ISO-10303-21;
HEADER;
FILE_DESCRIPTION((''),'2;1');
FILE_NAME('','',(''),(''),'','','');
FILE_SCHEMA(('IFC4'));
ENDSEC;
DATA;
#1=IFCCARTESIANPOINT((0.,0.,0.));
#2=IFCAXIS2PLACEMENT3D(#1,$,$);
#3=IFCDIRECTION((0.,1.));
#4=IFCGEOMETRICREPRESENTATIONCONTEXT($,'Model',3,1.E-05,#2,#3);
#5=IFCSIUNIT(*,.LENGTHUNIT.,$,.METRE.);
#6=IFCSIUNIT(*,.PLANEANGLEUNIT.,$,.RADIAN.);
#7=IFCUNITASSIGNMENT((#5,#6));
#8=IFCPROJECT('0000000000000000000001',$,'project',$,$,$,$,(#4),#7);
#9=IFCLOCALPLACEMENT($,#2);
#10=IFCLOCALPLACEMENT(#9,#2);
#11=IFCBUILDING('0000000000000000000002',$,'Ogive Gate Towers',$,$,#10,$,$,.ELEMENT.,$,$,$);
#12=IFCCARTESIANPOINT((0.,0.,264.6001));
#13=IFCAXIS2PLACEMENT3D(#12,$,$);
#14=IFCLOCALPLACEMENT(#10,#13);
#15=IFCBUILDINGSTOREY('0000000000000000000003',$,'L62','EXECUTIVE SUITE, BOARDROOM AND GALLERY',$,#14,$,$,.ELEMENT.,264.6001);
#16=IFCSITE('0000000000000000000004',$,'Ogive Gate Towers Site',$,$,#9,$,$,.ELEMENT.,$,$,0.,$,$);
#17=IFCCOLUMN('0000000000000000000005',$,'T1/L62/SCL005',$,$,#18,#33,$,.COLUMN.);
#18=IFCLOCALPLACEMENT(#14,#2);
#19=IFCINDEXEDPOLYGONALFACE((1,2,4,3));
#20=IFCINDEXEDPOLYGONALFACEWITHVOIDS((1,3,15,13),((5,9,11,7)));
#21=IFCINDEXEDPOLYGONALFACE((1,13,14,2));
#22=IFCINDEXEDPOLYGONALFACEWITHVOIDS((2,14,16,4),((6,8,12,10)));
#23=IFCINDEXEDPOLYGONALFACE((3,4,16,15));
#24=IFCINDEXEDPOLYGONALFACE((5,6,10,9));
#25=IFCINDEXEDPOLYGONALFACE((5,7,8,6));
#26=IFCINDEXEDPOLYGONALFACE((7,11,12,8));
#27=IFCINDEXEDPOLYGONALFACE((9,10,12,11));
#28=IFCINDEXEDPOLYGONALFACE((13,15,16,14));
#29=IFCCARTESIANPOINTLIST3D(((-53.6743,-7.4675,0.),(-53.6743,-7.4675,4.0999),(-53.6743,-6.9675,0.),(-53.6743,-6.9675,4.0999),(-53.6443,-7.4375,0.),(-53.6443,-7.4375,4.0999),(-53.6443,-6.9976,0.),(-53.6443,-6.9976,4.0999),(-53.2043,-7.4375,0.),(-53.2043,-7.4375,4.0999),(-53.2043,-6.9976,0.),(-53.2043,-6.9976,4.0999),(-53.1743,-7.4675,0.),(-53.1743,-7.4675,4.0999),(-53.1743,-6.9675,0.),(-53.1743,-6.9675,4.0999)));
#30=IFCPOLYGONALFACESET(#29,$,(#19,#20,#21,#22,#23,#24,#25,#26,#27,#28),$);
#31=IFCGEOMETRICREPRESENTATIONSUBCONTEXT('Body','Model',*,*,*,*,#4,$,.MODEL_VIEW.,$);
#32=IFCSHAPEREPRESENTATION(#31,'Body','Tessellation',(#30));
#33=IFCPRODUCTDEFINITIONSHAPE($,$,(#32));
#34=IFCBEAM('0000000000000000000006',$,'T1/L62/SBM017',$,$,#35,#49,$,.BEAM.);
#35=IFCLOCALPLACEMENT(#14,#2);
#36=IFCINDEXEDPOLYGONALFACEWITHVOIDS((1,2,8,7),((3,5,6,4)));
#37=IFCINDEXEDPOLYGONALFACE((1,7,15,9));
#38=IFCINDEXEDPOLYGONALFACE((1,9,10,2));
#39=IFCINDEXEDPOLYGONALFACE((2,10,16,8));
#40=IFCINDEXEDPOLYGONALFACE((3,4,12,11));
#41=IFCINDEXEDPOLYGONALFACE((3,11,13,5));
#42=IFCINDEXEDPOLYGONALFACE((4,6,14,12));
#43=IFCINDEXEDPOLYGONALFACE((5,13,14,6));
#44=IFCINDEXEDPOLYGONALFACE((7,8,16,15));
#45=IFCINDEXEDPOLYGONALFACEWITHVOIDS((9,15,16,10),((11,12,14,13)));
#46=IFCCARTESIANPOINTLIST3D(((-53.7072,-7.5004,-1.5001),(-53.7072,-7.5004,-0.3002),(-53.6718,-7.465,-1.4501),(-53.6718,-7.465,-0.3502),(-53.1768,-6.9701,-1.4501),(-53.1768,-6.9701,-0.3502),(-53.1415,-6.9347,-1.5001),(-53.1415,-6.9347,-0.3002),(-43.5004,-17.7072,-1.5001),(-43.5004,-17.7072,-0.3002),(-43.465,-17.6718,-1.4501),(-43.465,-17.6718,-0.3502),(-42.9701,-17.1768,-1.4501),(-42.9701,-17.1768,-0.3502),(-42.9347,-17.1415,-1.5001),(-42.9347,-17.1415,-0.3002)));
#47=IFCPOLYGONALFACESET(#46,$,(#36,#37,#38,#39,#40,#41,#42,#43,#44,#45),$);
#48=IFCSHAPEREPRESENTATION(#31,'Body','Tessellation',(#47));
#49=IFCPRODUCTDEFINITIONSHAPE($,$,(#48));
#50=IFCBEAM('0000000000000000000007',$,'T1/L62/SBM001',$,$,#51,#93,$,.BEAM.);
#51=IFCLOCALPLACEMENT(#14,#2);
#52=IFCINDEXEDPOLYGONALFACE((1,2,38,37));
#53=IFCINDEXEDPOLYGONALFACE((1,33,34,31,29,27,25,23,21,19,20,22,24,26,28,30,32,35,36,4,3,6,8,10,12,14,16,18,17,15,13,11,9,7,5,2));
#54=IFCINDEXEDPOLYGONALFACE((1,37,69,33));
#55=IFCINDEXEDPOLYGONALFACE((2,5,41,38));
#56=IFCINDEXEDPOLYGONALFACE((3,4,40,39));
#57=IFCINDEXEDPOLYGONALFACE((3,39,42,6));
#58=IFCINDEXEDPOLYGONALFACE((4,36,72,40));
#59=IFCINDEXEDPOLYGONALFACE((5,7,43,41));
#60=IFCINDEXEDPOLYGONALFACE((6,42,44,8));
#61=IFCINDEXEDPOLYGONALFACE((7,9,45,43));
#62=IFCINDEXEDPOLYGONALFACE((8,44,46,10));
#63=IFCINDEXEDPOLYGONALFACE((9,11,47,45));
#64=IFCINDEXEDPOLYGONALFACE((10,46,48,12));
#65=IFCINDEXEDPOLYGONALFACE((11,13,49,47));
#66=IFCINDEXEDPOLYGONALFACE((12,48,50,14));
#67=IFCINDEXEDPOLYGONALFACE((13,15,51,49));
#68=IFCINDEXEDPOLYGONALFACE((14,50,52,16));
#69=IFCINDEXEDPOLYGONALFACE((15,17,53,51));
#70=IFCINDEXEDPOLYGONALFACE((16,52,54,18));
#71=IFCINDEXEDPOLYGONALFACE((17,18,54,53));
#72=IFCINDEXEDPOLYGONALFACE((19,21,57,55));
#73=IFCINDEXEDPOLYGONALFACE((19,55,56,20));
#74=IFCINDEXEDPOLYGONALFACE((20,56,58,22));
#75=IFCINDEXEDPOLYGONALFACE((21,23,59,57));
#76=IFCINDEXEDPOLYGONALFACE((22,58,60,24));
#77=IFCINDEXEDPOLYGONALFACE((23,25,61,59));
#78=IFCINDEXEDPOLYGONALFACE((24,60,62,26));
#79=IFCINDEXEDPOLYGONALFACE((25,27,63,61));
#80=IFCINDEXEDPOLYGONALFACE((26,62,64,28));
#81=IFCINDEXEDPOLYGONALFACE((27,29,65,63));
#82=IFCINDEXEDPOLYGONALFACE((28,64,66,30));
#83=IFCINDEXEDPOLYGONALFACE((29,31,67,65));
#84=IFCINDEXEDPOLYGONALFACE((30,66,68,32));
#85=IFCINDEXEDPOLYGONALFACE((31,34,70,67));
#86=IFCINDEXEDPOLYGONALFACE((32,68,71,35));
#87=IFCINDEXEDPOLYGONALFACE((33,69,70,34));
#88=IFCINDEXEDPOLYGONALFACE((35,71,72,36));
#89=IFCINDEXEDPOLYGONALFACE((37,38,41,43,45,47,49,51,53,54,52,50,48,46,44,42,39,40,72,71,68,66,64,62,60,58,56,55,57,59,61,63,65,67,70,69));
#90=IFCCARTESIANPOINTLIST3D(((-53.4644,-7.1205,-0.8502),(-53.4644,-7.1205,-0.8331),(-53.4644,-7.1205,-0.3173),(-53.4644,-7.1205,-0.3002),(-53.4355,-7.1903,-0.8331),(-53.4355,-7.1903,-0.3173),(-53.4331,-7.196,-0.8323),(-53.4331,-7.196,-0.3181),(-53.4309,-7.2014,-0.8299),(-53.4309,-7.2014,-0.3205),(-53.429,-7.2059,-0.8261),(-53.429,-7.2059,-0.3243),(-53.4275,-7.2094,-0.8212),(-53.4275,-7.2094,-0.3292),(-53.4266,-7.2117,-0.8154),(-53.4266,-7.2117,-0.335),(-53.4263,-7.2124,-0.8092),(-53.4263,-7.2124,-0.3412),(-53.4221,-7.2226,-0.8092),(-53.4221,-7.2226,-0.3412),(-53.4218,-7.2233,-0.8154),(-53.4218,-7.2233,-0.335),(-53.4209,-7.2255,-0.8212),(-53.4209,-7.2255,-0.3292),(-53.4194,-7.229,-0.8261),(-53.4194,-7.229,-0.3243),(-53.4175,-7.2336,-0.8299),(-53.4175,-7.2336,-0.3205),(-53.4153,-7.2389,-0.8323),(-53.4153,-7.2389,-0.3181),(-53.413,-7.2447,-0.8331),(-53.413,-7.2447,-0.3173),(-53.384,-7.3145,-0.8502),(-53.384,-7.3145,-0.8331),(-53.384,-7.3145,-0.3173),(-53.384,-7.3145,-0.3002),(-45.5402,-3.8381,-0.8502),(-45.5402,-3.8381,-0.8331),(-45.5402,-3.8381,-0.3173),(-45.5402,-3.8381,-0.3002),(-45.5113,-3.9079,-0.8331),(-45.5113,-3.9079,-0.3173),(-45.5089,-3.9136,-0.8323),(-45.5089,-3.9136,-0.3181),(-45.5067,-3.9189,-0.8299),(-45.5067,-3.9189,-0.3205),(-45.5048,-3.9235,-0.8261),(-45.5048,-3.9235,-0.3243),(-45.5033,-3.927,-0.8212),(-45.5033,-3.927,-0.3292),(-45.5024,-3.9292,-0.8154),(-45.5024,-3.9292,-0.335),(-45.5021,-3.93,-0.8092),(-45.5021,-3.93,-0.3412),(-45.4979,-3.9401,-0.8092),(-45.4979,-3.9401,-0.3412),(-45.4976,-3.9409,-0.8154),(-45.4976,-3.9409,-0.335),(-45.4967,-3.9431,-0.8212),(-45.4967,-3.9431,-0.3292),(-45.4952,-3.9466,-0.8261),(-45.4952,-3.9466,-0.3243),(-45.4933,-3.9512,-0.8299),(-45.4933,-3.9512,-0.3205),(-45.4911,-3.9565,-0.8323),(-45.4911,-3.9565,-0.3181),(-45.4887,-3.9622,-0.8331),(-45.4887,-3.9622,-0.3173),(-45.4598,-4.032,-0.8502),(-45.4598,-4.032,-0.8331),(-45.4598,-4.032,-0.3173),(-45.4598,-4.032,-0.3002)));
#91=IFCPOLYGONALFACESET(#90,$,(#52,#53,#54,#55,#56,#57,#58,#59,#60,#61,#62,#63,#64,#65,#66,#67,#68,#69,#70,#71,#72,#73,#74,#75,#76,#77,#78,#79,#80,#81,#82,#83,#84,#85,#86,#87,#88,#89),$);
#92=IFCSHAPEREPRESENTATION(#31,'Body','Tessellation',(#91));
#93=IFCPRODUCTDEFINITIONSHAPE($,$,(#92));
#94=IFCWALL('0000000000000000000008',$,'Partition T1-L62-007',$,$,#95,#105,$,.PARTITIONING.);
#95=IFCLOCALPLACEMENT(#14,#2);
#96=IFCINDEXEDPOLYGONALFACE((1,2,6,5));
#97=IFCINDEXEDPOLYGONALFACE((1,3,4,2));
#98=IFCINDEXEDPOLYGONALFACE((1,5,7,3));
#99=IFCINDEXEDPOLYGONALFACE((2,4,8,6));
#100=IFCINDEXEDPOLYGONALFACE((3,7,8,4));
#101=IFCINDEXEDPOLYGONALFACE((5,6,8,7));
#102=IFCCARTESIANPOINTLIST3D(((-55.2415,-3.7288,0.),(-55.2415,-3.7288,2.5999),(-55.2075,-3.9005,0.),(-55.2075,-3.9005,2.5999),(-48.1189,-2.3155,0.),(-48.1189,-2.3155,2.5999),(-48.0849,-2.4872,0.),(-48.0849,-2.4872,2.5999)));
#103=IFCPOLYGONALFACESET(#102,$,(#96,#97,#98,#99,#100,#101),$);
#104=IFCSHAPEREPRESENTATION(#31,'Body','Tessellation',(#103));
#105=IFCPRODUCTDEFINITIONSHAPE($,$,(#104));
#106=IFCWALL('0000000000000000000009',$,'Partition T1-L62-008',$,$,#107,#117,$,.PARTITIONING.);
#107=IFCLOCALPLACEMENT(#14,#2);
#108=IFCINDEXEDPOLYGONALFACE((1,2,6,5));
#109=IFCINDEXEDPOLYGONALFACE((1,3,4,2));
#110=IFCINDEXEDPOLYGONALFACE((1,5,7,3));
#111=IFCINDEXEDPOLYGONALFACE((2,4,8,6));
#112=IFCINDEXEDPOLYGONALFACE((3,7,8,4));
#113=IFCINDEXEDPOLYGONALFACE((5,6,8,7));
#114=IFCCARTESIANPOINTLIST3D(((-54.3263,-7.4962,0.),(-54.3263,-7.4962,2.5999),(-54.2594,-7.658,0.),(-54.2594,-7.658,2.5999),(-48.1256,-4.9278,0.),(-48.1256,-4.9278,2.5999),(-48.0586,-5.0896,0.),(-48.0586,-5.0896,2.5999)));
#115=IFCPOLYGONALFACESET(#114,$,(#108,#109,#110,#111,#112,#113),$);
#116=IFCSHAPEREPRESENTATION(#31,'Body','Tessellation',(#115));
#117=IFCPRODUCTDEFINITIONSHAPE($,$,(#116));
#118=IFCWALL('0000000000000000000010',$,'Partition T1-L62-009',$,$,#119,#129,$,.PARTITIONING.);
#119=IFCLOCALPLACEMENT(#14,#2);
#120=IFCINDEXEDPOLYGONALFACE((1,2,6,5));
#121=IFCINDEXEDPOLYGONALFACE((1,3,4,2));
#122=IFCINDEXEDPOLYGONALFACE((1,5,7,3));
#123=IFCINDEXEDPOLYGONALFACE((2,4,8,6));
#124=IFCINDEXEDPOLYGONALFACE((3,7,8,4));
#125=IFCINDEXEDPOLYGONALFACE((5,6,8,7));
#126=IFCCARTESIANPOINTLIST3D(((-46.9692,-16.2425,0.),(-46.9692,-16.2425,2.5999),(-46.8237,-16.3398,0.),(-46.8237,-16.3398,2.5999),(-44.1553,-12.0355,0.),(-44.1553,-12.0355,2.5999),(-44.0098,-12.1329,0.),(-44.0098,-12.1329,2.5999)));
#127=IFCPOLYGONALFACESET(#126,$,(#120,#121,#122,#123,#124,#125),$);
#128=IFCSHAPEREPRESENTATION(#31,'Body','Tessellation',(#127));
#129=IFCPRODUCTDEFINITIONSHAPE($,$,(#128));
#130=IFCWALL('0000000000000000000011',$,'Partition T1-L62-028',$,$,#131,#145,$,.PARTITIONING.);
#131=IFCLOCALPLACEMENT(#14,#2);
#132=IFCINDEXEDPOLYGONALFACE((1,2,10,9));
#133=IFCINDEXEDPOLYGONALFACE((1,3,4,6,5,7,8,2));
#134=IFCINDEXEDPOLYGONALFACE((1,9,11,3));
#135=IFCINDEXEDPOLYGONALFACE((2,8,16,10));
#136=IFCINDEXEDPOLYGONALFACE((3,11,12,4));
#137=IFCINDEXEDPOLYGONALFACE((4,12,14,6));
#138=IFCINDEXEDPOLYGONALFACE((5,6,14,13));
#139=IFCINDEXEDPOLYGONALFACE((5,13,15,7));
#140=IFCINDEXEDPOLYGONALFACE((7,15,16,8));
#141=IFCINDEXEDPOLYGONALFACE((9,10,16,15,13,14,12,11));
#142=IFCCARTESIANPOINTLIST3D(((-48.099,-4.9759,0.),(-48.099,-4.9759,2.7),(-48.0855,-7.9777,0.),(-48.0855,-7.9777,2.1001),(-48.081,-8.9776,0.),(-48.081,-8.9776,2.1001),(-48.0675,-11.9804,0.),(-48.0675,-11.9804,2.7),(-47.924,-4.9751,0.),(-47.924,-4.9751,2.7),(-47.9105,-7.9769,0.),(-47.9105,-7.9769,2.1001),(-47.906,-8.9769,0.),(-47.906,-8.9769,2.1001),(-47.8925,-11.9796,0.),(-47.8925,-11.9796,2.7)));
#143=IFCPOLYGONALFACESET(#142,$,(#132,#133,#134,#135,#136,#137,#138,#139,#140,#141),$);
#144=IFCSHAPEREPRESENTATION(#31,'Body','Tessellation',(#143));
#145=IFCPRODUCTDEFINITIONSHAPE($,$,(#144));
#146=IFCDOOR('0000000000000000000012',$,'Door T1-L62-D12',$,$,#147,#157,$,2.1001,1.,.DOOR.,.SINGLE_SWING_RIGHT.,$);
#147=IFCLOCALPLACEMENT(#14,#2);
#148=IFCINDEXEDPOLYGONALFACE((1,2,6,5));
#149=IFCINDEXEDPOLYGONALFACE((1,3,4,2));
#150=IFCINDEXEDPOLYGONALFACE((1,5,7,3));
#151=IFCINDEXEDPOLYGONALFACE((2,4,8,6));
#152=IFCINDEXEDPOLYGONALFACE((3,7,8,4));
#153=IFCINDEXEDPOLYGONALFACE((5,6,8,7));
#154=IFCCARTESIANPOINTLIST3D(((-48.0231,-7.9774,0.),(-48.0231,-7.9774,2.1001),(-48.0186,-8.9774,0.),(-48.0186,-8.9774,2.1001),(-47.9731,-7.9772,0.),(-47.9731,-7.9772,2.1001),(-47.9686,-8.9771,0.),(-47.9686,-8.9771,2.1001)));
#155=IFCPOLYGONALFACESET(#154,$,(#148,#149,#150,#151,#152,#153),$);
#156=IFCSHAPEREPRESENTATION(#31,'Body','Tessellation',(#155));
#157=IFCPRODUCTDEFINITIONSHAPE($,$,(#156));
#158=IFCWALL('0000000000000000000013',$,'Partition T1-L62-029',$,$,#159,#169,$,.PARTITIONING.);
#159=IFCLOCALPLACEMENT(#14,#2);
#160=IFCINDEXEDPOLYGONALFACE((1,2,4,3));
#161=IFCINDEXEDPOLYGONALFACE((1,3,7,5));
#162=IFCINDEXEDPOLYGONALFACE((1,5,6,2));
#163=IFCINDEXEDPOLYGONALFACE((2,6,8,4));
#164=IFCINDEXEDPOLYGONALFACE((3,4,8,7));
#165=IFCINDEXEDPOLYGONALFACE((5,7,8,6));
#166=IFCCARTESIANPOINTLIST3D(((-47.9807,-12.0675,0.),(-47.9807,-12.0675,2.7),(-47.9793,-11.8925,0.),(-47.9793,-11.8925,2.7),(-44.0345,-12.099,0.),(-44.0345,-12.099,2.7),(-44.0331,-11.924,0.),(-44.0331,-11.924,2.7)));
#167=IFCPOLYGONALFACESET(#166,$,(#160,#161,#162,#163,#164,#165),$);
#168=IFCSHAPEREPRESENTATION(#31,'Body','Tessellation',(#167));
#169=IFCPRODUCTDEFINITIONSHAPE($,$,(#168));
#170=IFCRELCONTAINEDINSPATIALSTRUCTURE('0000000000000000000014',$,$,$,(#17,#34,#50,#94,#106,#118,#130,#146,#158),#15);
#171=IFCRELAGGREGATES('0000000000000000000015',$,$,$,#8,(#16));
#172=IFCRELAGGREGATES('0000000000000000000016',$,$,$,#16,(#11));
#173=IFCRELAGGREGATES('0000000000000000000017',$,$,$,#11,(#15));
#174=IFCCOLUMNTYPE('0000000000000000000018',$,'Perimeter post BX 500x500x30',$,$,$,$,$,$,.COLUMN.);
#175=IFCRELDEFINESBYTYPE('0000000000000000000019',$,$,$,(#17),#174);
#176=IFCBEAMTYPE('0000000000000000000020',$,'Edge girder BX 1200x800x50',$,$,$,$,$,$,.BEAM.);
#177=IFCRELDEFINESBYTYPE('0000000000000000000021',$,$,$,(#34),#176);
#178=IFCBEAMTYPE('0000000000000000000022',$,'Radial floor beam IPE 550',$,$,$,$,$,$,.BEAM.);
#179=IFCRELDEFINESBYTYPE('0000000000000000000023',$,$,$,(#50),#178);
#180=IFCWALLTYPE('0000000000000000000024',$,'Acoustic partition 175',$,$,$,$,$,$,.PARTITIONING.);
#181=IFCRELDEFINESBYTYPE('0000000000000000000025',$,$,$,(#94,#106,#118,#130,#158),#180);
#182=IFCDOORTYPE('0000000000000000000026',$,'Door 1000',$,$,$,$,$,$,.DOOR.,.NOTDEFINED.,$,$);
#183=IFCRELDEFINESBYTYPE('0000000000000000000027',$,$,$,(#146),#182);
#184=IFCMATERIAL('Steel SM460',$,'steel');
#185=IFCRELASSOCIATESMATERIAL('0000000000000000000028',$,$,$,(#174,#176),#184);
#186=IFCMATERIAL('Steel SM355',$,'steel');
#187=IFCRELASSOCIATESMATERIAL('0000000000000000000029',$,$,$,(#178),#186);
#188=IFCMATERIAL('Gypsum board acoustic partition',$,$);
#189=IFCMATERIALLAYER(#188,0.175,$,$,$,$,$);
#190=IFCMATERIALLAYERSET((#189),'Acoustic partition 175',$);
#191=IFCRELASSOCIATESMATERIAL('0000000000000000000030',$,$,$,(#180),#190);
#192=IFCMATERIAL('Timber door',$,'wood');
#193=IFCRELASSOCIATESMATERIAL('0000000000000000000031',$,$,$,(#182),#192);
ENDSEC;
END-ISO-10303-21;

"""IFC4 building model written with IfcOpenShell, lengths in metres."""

from ifc_helpers import new_model, si_unit, direction, frame, frame_2d, origin, origin_2d, place, context, subcontext, project, spatial, rectangle, hollow_rectangle, i_section, extrude, material, layer, layer_set, material_profile, profile_set, type_object, element, fill, save


model = new_model("IFC4")

# Units and contexts
model_context = context("Model", 3, precision=1e-05, world=origin(), true_north=direction((0.0, 1.0)))
body_context = subcontext(model_context, "Body", "Model", "MODEL_VIEW")
ifc_project = project(units=[si_unit("LENGTHUNIT", "METRE"), si_unit("PLANEANGLEUNIT", "RADIAN")], contexts=[model_context])

# Site, building, storey
site_placement = place(None, origin())
site = spatial("IfcSite", under=ifc_project, at=site_placement, Name="Ogive Gate Towers Site", CompositionType="ELEMENT", RefElevation=0.0)
building_placement = place(site_placement, origin())
building = spatial("IfcBuilding", under=site, at=building_placement, Name="Ogive Gate Towers", CompositionType="ELEMENT")
storey_placement = place(building_placement, frame((0.0, 0.0, 264.6001)))
storey = spatial("IfcBuildingStorey", under=building, at=storey_placement, Name="L62", Description="EXECUTIVE SUITE, BOARDROOM AND GALLERY", CompositionType="ELEMENT", Elevation=264.6001)

# Column
ifc_material_1 = material(Name="Steel SM460", Category="steel")
ifc_material_profile_1 = material_profile(ifc_material_1, hollow_rectangle(XDim=0.5, YDim=0.5, WallThickness=0.03, at=origin_2d()), Name="BX 500x500x30")
ifc_profile_set_1 = profile_set([ifc_material_profile_1], Name="Steel SM460")
column_type = type_object("IfcColumnType", Name="Perimeter post BX 500x500x30", PredefinedType="COLUMN", material=ifc_profile_set_1)
column_placement = place(storey_placement, frame((-53.4243, -7.2175, 0.0), z_axis=(0.0, 0.0, 1.0), x_axis=(1.0, 0.0, 0.0)))
element("IfcColumn", 1, at=column_placement, inside=storey, type_object=column_type, Name="T1/L62/SCL005", PredefinedType="COLUMN", context=body_context, shape_type="SweptSolid", body=[
    extrude(hollow_rectangle(XDim=0.5, YDim=0.5, WallThickness=0.03, at=origin_2d()), origin(), (0.0, 0.0, 1.0), 4.0999),
])

# Beams
ifc_material_profile_2 = material_profile(ifc_material_1, hollow_rectangle(XDim=0.8, YDim=1.2, WallThickness=0.05, at=origin_2d()), Name="BX 1200x800x50")
ifc_profile_set_2 = profile_set([ifc_material_profile_2], Name="Steel SM460")
beam_type_1 = type_object("IfcBeamType", Name="Edge girder BX 1200x800x50", PredefinedType="BEAM", material=ifc_profile_set_2)
beam_1_placement = place(storey_placement, frame((-53.4243, -7.2175, -0.9001), z_axis=(0.707107, -0.707107, 0.0), x_axis=(0.707107, 0.707107, 0.0)))
element("IfcBeam", 2, at=beam_1_placement, inside=storey, type_object=beam_type_1, Name="T1/L62/SBM017", PredefinedType="BEAM", context=body_context, shape_type="SweptSolid", body=[
    extrude(hollow_rectangle(XDim=0.8, YDim=1.2, WallThickness=0.05, at=origin_2d()), origin(), (0.0, 0.0, 1.0), 14.4346),
])
ifc_material_2 = material(Name="Steel SM355", Category="steel")
ifc_material_profile_3 = material_profile(ifc_material_2, i_section(OverallWidth=0.21, OverallDepth=0.55, WebThickness=0.011, FlangeThickness=0.0171, FilletRadius=0.0239, at=origin_2d()), Name="IPE 550")
ifc_profile_set_3 = profile_set([ifc_material_profile_3], Name="Steel SM355")
beam_type_2 = type_object("IfcBeamType", Name="Radial floor beam IPE 550", PredefinedType="BEAM", material=ifc_profile_set_3)
beam_2_placement = place(storey_placement, frame((-45.5, -3.9351, -0.5752), z_axis=(-0.923875, -0.382695, 0.0), x_axis=(0.382695, -0.923875, 0.0)))
element("IfcBeam", 3, at=beam_2_placement, inside=storey, type_object=beam_type_2, Name="T1/L62/SBM001", PredefinedType="BEAM", context=body_context, shape_type="SweptSolid", body=[
    extrude(i_section(OverallWidth=0.21, OverallDepth=0.55, WebThickness=0.011, FlangeThickness=0.0171, FilletRadius=0.0239, at=origin_2d()), origin(), (0.0, 0.0, 1.0), 8.5771),
])

# Walls
ifc_material_3 = material(Name="Gypsum board acoustic partition")
ifc_layer_1 = layer(ifc_material_3, 0.175)
ifc_layer_set_1 = layer_set([ifc_layer_1], Name="Acoustic partition 175")
wall_type_1 = type_object("IfcWallType", Name="Acoustic partition 175", PredefinedType="PARTITIONING", material=ifc_layer_set_1)
wall_1_placement = place(storey_placement, frame((-55.2246, -3.8147, 0.0), z_axis=(0.0, 0.0, 1.0), x_axis=(0.980876, 0.194635, 0.0)))
element("IfcWall", 4, at=wall_1_placement, inside=storey, type_object=wall_type_1, Name="Partition T1-L62-007", PredefinedType="PARTITIONING", context=body_context, shape_type="SweptSolid", body=[
    extrude(rectangle(XDim=7.2615, YDim=0.175, at=frame_2d((3.6309, 0.0))), origin(), (0.0, 0.0, 1.0), 2.5999),
])
wall_2_placement = place(storey_placement, frame((-54.293, -7.5771, 0.0), z_axis=(0.0, 0.0, 1.0), x_axis=(0.923882, 0.382677, 0.0)))
element("IfcWall", 5, at=wall_2_placement, inside=storey, type_object=wall_type_1, Name="Partition T1-L62-008", PredefinedType="PARTITIONING", context=body_context, shape_type="SweptSolid", body=[
    extrude(rectangle(XDim=6.7117, YDim=0.175, at=frame_2d((3.356, 0.0))), origin(), (0.0, 0.0, 1.0), 2.5999),
])
wall_3_placement = place(storey_placement, frame((-46.8965, -16.2913, 0.0), z_axis=(0.0, 0.0, 1.0), x_axis=(0.555969, 0.831203, 0.0)))
element("IfcWall", 6, at=wall_3_placement, inside=storey, type_object=wall_type_1, Name="Partition T1-L62-009", PredefinedType="PARTITIONING", context=body_context, shape_type="SweptSolid", body=[
    extrude(rectangle(XDim=5.0613, YDim=0.175, at=frame_2d((2.5308, 0.0))), origin(), (0.0, 0.0, 1.0), 2.5999),
])

# Wall, opening, door
wall_4_placement = place(storey_placement, frame((-48.0115, -4.9753, 0.0), z_axis=(0.0, 0.0, 1.0), x_axis=(0.004496, -0.99999, 0.0)))
wall_4 = element("IfcWall", 7, at=wall_4_placement, inside=storey, type_object=wall_type_1, Name="Partition T1-L62-028", PredefinedType="PARTITIONING", context=body_context, shape_type="SweptSolid", body=[
    extrude(rectangle(XDim=7.0046, YDim=0.175, at=frame_2d((3.5024, 0.0))), origin(), (0.0, 0.0, 1.0), 2.7),
])
opening_1_placement = place(wall_4_placement, frame((3.002, 0.0, 0.0)))
opening_1 = element("IfcOpeningElement", 8, at=opening_1_placement, cuts=wall_4, PredefinedType="OPENING", context=body_context, shape_type="SweptSolid", body=[
    extrude(rectangle(XDim=1.0, YDim=2.1001, at=frame_2d((0.5, 1.05))), frame((0.0, 0.0977, 0.0), z_axis=(0.0, -1.0, 0.0), x_axis=(1.0, 0.0, 0.0)), (0.0, 0.0, 1.0), 0.1951),
])
ifc_material_4 = material(Name="Timber door", Category="wood")
door_type_1 = type_object("IfcDoorType", Name="Door 1000", OperationType="NOTDEFINED", PredefinedType="DOOR", material=ifc_material_4)
door_1_placement = place(opening_1_placement, origin())
door_1 = element("IfcDoor", 9, at=door_1_placement, inside=storey, type_object=door_type_1, Name="Door T1-L62-D12", OperationType="SINGLE_SWING_RIGHT", OverallHeight=2.1001, OverallWidth=1.0, PredefinedType="DOOR", context=body_context, shape_type="SweptSolid", body=[
    extrude(rectangle(XDim=1.0, YDim=2.1001, at=frame_2d((0.5, 1.05))), frame((0.0, 0.0249, 0.0), z_axis=(0.0, -1.0, 0.0), x_axis=(1.0, 0.0, 0.0)), (0.0, 0.0, 1.0), 0.05),
])
fill(opening_1, door_1)

# Wall
wall_5_placement = place(storey_placement, frame((-47.98, -11.98, 0.0), z_axis=(0.0, 0.0, 1.0), x_axis=(0.999968, -0.007981, 0.0)))
element("IfcWall", 10, at=wall_5_placement, inside=storey, type_object=wall_type_1, Name="Partition T1-L62-029", PredefinedType="PARTITIONING", context=body_context, shape_type="SweptSolid", body=[
    extrude(rectangle(XDim=3.9463, YDim=0.175, at=frame_2d((1.9731, 0.0))), origin(), (0.0, 0.0, 1.0), 2.7),
])

save(model, "model.ifc")
